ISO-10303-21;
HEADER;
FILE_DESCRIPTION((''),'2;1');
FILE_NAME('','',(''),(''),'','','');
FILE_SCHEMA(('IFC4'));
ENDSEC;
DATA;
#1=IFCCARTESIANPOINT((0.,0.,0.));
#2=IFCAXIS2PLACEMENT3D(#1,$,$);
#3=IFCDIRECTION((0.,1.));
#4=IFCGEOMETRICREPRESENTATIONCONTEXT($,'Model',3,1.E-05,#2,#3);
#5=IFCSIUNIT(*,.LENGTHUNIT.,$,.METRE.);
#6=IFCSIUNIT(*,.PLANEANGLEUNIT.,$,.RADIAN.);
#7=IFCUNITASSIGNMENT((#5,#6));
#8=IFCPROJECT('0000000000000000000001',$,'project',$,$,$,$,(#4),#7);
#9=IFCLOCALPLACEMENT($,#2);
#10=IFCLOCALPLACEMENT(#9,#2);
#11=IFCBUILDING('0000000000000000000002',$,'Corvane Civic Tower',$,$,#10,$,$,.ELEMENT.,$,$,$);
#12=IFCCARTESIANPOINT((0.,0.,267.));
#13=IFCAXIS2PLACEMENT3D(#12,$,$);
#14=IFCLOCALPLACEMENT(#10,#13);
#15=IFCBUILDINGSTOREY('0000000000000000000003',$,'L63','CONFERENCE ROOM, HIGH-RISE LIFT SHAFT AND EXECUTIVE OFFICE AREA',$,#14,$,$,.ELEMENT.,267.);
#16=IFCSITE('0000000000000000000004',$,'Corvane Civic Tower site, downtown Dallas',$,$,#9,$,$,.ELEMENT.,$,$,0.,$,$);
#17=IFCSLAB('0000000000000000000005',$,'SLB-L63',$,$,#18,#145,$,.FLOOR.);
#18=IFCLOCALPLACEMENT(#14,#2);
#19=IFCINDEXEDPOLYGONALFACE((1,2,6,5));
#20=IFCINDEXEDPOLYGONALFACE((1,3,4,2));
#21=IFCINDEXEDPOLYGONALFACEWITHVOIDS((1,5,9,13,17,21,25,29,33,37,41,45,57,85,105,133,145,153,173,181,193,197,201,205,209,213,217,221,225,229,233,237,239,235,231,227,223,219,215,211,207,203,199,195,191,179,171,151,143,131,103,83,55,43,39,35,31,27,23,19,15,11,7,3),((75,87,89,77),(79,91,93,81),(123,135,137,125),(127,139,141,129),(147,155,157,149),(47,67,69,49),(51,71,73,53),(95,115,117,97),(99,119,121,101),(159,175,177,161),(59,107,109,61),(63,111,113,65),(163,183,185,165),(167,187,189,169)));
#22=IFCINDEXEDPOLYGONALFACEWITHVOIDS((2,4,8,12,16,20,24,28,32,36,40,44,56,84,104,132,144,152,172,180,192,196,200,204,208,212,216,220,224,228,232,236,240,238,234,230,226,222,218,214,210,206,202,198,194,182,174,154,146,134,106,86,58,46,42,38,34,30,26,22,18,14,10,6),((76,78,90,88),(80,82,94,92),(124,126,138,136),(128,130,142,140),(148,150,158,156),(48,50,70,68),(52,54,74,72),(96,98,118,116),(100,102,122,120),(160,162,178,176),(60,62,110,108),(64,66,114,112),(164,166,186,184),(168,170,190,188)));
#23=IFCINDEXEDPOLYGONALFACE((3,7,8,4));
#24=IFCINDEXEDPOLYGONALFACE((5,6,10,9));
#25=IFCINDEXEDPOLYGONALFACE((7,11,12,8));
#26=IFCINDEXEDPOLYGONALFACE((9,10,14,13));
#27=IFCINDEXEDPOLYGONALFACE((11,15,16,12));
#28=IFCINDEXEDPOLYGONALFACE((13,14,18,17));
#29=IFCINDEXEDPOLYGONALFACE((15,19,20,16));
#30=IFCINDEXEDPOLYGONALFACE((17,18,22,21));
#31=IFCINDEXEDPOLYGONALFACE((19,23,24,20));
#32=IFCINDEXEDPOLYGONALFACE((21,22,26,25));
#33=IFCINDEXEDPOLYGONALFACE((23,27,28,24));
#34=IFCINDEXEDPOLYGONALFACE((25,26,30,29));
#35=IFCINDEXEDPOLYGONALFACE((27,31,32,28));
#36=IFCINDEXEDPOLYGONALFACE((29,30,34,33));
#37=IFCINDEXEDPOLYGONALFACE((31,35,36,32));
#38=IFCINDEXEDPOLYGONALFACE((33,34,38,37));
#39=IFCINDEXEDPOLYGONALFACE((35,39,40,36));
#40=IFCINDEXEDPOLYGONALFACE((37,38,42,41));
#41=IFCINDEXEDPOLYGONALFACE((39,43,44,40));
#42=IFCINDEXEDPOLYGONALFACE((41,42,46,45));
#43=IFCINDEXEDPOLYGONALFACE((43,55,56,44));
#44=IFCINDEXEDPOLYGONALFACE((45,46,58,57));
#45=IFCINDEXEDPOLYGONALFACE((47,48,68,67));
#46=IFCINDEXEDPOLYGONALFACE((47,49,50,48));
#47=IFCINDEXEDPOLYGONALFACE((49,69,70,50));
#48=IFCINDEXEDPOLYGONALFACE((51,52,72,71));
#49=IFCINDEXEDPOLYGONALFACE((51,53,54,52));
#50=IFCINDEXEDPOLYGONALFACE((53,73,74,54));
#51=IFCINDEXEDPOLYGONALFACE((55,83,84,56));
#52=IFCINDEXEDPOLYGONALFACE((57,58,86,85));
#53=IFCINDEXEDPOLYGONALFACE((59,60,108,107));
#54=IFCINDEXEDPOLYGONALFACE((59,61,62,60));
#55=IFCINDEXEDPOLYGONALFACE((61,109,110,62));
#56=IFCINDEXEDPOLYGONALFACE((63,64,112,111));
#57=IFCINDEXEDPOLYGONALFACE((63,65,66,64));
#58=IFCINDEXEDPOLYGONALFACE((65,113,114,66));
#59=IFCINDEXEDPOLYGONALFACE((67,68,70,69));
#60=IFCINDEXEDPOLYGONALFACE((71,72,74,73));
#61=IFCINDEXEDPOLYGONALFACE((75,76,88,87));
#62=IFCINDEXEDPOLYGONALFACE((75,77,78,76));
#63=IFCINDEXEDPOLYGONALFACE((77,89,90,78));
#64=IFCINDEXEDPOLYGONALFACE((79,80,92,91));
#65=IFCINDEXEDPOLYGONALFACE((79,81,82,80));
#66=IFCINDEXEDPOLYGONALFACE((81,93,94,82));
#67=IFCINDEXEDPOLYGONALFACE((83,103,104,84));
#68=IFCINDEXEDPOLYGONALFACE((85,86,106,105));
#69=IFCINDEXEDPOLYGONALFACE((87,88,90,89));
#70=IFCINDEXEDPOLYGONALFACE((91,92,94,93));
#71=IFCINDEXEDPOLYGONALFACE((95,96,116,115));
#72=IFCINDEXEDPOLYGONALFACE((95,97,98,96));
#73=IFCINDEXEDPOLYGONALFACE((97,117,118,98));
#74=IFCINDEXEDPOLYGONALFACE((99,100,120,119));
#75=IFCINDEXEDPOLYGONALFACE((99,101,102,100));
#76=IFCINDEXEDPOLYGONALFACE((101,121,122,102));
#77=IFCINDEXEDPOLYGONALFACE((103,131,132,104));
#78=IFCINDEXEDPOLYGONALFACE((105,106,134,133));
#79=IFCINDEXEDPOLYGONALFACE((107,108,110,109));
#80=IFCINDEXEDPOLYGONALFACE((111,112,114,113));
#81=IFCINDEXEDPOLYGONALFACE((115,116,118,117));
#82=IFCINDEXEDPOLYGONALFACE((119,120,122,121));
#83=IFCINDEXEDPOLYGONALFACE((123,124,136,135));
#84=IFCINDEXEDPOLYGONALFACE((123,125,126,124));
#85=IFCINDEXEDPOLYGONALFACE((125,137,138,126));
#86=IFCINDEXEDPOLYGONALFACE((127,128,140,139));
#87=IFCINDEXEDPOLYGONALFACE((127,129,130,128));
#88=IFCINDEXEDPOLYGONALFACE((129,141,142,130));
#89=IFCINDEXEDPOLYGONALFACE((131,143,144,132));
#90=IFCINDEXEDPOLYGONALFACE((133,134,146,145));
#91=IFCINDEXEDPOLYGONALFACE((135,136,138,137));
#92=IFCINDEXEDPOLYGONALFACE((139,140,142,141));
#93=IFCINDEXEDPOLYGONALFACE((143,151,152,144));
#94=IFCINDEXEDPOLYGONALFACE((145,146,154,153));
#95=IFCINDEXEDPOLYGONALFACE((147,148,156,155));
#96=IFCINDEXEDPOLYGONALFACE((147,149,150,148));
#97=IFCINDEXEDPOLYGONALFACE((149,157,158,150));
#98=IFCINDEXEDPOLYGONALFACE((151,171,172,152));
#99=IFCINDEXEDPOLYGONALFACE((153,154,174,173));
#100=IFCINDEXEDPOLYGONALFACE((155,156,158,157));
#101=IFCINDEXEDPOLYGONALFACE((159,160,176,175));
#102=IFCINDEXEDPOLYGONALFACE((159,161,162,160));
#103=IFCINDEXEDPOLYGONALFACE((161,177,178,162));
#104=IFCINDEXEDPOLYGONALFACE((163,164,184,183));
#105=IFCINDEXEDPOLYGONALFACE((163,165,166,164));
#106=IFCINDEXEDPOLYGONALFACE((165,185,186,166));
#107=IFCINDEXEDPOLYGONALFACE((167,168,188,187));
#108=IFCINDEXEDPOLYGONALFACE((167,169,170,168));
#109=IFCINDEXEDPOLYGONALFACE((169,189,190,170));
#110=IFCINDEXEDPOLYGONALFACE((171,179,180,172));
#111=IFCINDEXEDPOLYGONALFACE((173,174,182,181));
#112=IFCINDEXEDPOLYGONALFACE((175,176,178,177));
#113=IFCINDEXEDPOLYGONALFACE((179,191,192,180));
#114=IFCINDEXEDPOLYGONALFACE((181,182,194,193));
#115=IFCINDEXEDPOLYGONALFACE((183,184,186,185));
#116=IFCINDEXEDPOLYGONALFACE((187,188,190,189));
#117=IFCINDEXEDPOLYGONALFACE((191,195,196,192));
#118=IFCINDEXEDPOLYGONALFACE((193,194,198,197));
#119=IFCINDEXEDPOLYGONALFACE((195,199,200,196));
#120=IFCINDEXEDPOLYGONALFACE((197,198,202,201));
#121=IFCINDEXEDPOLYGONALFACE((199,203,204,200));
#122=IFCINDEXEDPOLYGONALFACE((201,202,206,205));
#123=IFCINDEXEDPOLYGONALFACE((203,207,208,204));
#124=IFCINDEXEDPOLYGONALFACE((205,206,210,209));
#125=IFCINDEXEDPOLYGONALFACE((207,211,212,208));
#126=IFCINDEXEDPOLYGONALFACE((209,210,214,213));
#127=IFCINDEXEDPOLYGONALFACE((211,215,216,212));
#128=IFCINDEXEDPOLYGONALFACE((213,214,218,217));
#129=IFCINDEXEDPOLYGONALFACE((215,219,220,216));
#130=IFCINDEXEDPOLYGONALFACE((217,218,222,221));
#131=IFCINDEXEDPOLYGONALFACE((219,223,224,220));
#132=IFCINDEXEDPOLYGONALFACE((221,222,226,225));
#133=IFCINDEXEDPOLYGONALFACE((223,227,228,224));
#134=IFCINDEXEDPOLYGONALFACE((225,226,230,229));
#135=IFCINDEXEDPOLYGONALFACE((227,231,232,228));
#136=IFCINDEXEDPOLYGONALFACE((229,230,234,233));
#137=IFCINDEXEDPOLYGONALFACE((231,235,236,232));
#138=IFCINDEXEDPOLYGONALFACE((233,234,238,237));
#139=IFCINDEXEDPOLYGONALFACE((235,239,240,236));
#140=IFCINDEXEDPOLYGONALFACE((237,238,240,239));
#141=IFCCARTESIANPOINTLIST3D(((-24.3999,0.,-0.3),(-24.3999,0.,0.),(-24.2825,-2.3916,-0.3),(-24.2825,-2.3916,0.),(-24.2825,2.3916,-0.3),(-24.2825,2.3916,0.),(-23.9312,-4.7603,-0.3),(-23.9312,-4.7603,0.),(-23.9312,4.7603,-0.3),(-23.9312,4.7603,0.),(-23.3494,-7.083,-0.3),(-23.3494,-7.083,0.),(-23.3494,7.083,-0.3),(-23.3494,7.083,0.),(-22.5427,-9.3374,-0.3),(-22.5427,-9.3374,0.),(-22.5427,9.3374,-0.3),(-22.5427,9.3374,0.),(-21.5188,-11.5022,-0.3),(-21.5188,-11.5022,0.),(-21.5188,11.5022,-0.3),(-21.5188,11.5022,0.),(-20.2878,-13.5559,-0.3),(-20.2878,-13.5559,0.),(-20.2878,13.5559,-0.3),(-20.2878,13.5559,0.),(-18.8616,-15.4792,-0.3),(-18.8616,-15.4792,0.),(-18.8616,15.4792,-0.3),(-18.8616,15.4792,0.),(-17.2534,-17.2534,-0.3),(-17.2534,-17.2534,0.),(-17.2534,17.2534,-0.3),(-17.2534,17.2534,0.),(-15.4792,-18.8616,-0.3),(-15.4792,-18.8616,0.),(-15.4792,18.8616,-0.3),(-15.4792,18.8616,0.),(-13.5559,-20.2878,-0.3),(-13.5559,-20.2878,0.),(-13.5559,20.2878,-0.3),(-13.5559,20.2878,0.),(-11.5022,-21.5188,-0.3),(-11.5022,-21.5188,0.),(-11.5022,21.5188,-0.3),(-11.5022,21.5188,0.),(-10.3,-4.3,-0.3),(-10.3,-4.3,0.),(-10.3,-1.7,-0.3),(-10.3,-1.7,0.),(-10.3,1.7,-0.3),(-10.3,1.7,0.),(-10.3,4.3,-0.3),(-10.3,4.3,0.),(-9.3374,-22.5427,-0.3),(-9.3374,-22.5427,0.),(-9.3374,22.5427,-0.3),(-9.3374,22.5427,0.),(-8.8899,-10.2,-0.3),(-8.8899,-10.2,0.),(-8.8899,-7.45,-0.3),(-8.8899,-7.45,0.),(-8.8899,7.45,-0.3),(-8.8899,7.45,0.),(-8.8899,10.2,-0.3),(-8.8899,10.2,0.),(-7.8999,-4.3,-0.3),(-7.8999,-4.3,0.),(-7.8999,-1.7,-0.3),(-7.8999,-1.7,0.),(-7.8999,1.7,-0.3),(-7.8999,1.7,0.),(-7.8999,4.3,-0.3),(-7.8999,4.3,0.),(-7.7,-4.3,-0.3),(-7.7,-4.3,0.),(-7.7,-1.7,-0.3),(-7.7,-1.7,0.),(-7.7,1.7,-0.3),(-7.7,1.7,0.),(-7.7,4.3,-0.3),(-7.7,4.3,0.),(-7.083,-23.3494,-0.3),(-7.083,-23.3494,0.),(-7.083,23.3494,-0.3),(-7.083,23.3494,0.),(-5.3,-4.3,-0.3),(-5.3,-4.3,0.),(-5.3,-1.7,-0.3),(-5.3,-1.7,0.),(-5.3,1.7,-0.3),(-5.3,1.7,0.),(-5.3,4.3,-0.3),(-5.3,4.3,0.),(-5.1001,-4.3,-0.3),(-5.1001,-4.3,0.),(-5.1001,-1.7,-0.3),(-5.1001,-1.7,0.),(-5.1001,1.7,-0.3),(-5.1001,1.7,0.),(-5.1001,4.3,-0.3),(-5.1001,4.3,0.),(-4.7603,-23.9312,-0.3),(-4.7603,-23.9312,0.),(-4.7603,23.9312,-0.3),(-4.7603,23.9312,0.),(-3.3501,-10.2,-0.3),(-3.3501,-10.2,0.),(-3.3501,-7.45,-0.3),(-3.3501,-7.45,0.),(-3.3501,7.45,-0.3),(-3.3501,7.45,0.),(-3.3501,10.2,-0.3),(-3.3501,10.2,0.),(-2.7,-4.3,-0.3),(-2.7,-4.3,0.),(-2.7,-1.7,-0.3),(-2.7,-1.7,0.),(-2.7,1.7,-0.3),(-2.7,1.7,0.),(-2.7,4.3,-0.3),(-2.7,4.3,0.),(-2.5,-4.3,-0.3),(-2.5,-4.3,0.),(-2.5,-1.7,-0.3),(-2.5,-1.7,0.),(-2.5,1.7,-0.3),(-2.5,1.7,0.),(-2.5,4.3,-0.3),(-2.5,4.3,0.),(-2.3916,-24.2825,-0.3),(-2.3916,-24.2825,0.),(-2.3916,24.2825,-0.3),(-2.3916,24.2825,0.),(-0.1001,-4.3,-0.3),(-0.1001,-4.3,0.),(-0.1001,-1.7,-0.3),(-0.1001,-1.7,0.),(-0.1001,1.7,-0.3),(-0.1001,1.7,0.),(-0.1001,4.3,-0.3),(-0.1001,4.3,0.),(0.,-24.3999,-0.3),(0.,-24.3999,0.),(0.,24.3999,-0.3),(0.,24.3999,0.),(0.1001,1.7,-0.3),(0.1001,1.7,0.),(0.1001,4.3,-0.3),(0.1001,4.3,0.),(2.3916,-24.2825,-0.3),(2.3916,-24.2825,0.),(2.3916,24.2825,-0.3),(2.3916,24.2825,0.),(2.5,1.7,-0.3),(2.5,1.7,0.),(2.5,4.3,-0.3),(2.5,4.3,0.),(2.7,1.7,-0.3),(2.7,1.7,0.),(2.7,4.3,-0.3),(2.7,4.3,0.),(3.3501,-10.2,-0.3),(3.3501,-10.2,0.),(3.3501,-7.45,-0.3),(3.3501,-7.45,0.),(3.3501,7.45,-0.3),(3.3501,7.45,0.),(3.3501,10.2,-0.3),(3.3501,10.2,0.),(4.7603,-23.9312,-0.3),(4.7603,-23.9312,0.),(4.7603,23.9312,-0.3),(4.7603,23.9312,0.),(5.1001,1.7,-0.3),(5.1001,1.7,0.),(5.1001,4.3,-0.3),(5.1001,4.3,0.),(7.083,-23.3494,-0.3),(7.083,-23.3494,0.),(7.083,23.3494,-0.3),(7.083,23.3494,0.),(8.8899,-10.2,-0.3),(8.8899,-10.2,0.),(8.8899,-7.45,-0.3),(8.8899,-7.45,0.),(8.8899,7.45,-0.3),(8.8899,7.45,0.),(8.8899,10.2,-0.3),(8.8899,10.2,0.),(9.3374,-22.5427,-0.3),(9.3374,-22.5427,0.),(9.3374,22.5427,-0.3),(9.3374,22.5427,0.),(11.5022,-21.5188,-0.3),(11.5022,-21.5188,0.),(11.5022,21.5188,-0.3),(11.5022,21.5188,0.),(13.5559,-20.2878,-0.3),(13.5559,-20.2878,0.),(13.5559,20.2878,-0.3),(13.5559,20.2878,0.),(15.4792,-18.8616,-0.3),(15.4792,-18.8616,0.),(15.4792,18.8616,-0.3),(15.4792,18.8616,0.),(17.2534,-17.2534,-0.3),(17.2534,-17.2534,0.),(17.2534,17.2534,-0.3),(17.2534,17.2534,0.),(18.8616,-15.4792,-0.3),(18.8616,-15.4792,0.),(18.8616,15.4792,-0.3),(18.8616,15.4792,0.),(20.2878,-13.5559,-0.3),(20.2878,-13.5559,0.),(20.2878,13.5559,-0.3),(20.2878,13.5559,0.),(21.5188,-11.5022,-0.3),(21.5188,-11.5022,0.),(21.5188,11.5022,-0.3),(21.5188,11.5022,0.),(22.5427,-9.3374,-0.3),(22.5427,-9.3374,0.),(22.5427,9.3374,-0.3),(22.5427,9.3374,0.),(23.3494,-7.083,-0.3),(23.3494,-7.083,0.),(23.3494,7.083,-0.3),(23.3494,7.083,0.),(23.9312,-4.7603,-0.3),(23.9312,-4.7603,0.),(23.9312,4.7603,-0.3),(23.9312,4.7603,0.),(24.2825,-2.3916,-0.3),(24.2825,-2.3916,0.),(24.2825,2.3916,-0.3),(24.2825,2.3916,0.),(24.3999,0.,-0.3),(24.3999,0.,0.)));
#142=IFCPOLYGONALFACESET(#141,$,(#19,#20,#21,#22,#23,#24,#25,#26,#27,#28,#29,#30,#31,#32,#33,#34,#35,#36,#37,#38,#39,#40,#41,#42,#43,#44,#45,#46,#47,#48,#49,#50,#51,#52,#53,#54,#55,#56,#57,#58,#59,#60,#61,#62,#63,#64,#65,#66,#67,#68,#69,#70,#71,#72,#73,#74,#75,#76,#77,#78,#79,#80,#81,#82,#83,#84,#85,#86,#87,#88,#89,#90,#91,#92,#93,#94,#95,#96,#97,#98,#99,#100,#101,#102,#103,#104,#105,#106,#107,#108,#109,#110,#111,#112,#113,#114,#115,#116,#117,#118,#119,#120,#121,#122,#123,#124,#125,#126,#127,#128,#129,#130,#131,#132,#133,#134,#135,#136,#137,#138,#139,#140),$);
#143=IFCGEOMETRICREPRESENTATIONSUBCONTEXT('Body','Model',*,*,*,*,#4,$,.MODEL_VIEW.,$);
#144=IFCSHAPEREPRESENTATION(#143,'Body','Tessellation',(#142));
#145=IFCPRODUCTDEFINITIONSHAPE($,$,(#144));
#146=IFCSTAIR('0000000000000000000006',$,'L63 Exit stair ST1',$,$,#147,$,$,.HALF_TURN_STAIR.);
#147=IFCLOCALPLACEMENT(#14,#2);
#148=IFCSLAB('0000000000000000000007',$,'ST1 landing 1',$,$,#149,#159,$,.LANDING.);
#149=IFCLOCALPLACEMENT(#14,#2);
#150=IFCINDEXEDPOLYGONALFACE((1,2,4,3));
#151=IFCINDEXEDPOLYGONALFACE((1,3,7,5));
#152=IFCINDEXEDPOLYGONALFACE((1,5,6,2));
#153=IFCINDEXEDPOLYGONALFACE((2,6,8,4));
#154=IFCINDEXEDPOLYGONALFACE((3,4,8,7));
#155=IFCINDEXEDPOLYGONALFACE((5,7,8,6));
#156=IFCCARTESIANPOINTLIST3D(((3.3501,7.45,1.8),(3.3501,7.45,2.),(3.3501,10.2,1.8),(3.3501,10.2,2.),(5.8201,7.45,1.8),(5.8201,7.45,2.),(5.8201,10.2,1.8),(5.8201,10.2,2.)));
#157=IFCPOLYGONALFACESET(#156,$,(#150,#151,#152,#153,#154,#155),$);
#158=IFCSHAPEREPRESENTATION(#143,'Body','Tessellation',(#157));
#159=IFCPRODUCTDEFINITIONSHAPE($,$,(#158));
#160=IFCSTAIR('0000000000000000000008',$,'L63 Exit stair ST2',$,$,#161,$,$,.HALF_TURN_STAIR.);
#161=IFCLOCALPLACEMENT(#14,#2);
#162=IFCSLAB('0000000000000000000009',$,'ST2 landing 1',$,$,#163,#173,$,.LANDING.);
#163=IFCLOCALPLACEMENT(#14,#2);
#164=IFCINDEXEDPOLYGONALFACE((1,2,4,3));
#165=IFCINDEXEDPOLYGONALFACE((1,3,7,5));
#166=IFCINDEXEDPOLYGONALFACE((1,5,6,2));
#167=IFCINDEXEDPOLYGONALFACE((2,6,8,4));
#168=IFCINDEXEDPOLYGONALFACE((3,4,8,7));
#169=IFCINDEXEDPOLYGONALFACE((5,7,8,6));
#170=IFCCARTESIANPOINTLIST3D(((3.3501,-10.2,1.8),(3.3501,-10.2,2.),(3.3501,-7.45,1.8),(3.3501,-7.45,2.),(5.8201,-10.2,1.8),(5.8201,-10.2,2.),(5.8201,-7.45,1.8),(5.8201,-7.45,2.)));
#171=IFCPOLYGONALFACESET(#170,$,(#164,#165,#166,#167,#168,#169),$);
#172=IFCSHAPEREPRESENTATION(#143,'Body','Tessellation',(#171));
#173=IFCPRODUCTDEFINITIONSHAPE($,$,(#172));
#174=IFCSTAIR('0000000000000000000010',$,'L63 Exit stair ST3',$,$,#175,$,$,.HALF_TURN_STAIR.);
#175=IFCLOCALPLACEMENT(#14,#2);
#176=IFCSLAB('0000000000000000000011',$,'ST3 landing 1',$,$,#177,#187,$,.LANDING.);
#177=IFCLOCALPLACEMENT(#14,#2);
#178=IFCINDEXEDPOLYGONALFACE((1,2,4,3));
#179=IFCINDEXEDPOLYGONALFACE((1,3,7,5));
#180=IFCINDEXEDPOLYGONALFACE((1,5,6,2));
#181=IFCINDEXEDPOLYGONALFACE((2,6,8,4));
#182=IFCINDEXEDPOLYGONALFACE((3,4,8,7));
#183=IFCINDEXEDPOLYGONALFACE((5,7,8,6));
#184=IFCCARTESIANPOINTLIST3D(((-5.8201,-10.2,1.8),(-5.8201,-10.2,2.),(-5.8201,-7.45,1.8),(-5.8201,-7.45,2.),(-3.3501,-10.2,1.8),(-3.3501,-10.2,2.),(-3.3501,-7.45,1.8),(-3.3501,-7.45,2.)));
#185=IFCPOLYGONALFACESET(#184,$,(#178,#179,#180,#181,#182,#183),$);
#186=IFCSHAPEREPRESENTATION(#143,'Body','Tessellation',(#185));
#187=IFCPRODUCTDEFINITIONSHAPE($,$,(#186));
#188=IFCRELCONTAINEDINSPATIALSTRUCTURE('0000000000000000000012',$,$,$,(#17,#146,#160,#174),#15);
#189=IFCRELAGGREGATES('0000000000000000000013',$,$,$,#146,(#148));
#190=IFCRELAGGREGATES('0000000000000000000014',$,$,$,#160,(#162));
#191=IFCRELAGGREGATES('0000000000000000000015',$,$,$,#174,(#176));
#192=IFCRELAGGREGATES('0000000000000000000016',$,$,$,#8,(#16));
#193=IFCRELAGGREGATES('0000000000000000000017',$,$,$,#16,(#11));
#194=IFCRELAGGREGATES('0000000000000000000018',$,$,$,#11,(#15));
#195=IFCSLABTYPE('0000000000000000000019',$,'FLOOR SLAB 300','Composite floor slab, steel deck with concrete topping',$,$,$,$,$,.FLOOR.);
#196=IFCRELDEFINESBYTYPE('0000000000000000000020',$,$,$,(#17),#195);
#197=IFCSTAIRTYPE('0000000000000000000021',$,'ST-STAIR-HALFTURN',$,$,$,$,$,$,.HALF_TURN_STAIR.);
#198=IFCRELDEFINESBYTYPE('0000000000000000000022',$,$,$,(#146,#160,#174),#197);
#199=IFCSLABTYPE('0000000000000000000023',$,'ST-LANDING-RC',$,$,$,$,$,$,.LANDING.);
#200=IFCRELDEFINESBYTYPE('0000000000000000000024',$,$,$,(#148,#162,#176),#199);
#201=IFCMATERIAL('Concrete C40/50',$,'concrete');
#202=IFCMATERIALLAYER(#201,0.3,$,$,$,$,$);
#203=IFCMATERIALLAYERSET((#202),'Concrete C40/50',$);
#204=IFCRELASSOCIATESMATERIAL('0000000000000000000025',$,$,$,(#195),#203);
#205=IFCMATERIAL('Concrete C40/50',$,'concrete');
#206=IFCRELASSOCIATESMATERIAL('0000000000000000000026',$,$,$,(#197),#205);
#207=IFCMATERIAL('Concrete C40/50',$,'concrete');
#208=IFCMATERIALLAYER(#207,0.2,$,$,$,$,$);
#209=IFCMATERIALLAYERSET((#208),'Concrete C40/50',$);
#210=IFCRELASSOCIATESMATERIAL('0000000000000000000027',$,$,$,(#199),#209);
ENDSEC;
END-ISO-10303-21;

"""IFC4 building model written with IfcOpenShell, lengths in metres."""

from ifc_helpers import new_model, si_unit, direction, frame, origin, place, context, subcontext, project, spatial, polyline, outline, extrude, material, layer, layer_set, type_object, element, aggregate, save


model = new_model("IFC4")

# Units and contexts
model_context = context("Model", 3, precision=1e-05, world=origin(), true_north=direction((0.0, 1.0)))
body_context = subcontext(model_context, "Body", "Model", "MODEL_VIEW")
ifc_project = project(units=[si_unit("LENGTHUNIT", "METRE"), si_unit("PLANEANGLEUNIT", "RADIAN")], contexts=[model_context])

# Site, building, storey
site_placement = place(None, origin())
site = spatial("IfcSite", under=ifc_project, at=site_placement, Name="Corvane Civic Tower site, downtown Dallas", CompositionType="ELEMENT", RefElevation=0.0)
building_placement = place(site_placement, origin())
building = spatial("IfcBuilding", under=site, at=building_placement, Name="Corvane Civic Tower", CompositionType="ELEMENT")
storey_placement = place(building_placement, frame((0.0, 0.0, 267.0)))
storey = spatial("IfcBuildingStorey", under=building, at=storey_placement, Name="L63", Description="CONFERENCE ROOM, HIGH-RISE LIFT SHAFT AND EXECUTIVE OFFICE AREA", CompositionType="ELEMENT", Elevation=267.0)

# Slab
ifc_material_1 = material(Name="Concrete C40/50", Category="concrete")
ifc_layer_1 = layer(ifc_material_1, 0.3)
ifc_layer_set_1 = layer_set([ifc_layer_1], Name="Concrete C40/50")
slab_type_1 = type_object("IfcSlabType", Name="FLOOR SLAB 300", Description="Composite floor slab, steel deck with concrete topping", PredefinedType="FLOOR", material=ifc_layer_set_1)
slab_1_placement = place(storey_placement, frame((0.0, 0.0, -0.3)))
element("IfcSlab", 1, at=slab_1_placement, inside=storey, type_object=slab_type_1, Name="SLB-L63", PredefinedType="FLOOR", context=body_context, shape_type="SweptSolid", body=[
    extrude(outline(polyline([(0.0, 24.3999), (-2.3916, 24.2825), (-4.7603, 23.9312), (-7.083, 23.3494), (-9.3374, 22.5427), (-11.5022, 21.5188), (-13.5559, 20.2878), (-15.4792, 18.8616), (-17.2534, 17.2534), (-18.8616, 15.4792), (-20.2878, 13.5559), (-21.5188, 11.5022), (-22.5427, 9.3374), (-23.3494, 7.083), (-23.9312, 4.7603), (-24.2825, 2.3916), (-24.3999, 0.0), (-24.2825, -2.3916), (-23.9312, -4.7603), (-23.3494, -7.083), (-22.5427, -9.3374), (-21.5188, -11.5022), (-20.2878, -13.5559), (-18.8616, -15.4792), (-17.2534, -17.2534), (-15.4792, -18.8616), (-13.5559, -20.2878), (-11.5022, -21.5188), (-9.3374, -22.5427), (-7.083, -23.3494), (-4.7603, -23.9312), (-2.3916, -24.2825), (0.0, -24.3999), (2.3916, -24.2825), (4.7603, -23.9312), (7.083, -23.3494), (9.3374, -22.5427), (11.5022, -21.5188), (13.5559, -20.2878), (15.4792, -18.8616), (17.2534, -17.2534), (18.8616, -15.4792), (20.2878, -13.5559), (21.5188, -11.5022), (22.5427, -9.3374), (23.3494, -7.083), (23.9312, -4.7603), (24.2825, -2.3916), (24.3999, 0.0), (24.2825, 2.3916), (23.9312, 4.7603), (23.3494, 7.083), (22.5427, 9.3374), (21.5188, 11.5022), (20.2878, 13.5559), (18.8616, 15.4792), (17.2534, 17.2534), (15.4792, 18.8616), (13.5559, 20.2878), (11.5022, 21.5188), (9.3374, 22.5427), (7.083, 23.3494), (4.7603, 23.9312), (2.3916, 24.2825), (0.0, 24.3999)]), holes=[polyline([(-10.3, 4.3), (-7.8999, 4.3), (-7.8999, 1.7), (-10.3, 1.7), (-10.3, 4.3)]), polyline([(-7.7, 4.3), (-5.3, 4.3), (-5.3, 1.7), (-7.7, 1.7), (-7.7, 4.3)]), polyline([(-5.1001, 4.3), (-2.7, 4.3), (-2.7, 1.7), (-5.1001, 1.7), (-5.1001, 4.3)]), polyline([(-0.1001, 1.7), (-2.5, 1.7), (-2.5, 4.3), (-0.1001, 4.3), (-0.1001, 1.7)]), polyline([(2.5, 1.7), (0.1001, 1.7), (0.1001, 4.3), (2.5, 4.3), (2.5, 1.7)]), polyline([(2.7, 4.3), (5.1001, 4.3), (5.1001, 1.7), (2.7, 1.7), (2.7, 4.3)]), polyline([(-10.3, -4.3), (-10.3, -1.7), (-7.8999, -1.7), (-7.8999, -4.3), (-10.3, -4.3)]), polyline([(-7.7, -4.3), (-7.7, -1.7), (-5.3, -1.7), (-5.3, -4.3), (-7.7, -4.3)]), polyline([(-5.1001, -4.3), (-5.1001, -1.7), (-2.7, -1.7), (-2.7, -4.3), (-5.1001, -4.3)]), polyline([(-0.1001, -4.3), (-2.5, -4.3), (-2.5, -1.7), (-0.1001, -1.7), (-0.1001, -4.3)]), polyline([(8.8899, 10.2), (8.8899, 7.45), (3.3501, 7.45), (3.3501, 10.2), (8.8899, 10.2)]), polyline([(-8.8899, 7.45), (-8.8899, 10.2), (-3.3501, 10.2), (-3.3501, 7.45), (-8.8899, 7.45)]), polyline([(8.8899, -7.45), (8.8899, -10.2), (3.3501, -10.2), (3.3501, -7.45), (8.8899, -7.45)]), polyline([(-8.8899, -10.2), (-8.8899, -7.45), (-3.3501, -7.45), (-3.3501, -10.2), (-8.8899, -10.2)])]), origin(), (0.0, 0.0, 1.0), 0.3),
])

# Stairs, slabs
ifc_material_2 = material(Name="Concrete C40/50", Category="concrete")
stair_type = type_object("IfcStairType", Name="ST-STAIR-HALFTURN", PredefinedType="HALF_TURN_STAIR", material=ifc_material_2)
stair_1_placement = place(storey_placement, origin())
stair_1 = element("IfcStair", 2, at=stair_1_placement, inside=storey, type_object=stair_type, Name="L63 Exit stair ST1", PredefinedType="HALF_TURN_STAIR")
ifc_material_3 = material(Name="Concrete C40/50", Category="concrete")
ifc_layer_2 = layer(ifc_material_3, 0.2)
ifc_layer_set_2 = layer_set([ifc_layer_2], Name="Concrete C40/50")
slab_type_2 = type_object("IfcSlabType", Name="ST-LANDING-RC", PredefinedType="LANDING", material=ifc_layer_set_2)
slab_2_placement = place(storey_placement, frame((0.0, 0.0, 1.8)))
slab_2 = element("IfcSlab", 3, at=slab_2_placement, type_object=slab_type_2, Name="ST1 landing 1", PredefinedType="LANDING", context=body_context, shape_type="SweptSolid", body=[
    extrude(outline(polyline([(5.8201, 10.2), (3.3501, 10.2), (3.3501, 7.45), (5.8201, 7.45), (5.8201, 10.2)])), origin(), (0.0, 0.0, 1.0), 0.2),
])
aggregate(stair_1, [slab_2])
stair_2_placement = place(storey_placement, origin())
stair_2 = element("IfcStair", 4, at=stair_2_placement, inside=storey, type_object=stair_type, Name="L63 Exit stair ST2", PredefinedType="HALF_TURN_STAIR")
slab_3_placement = place(storey_placement, frame((0.0, 0.0, 1.8)))
slab_3 = element("IfcSlab", 5, at=slab_3_placement, type_object=slab_type_2, Name="ST2 landing 1", PredefinedType="LANDING", context=body_context, shape_type="SweptSolid", body=[
    extrude(outline(polyline([(5.8201, -7.45), (3.3501, -7.45), (3.3501, -10.2), (5.8201, -10.2), (5.8201, -7.45)])), origin(), (0.0, 0.0, 1.0), 0.2),
])
aggregate(stair_2, [slab_3])
stair_3_placement = place(storey_placement, origin())
stair_3 = element("IfcStair", 6, at=stair_3_placement, inside=storey, type_object=stair_type, Name="L63 Exit stair ST3", PredefinedType="HALF_TURN_STAIR")
slab_4_placement = place(storey_placement, frame((0.0, 0.0, 1.8)))
slab_4 = element("IfcSlab", 7, at=slab_4_placement, type_object=slab_type_2, Name="ST3 landing 1", PredefinedType="LANDING", context=body_context, shape_type="SweptSolid", body=[
    extrude(outline(polyline([(-5.8201, -10.2), (-3.3501, -10.2), (-3.3501, -7.45), (-5.8201, -7.45), (-5.8201, -10.2)])), origin(), (0.0, 0.0, 1.0), 0.2),
])

aggregate(stair_3, [slab_4])

save(model, "model.ifc")
